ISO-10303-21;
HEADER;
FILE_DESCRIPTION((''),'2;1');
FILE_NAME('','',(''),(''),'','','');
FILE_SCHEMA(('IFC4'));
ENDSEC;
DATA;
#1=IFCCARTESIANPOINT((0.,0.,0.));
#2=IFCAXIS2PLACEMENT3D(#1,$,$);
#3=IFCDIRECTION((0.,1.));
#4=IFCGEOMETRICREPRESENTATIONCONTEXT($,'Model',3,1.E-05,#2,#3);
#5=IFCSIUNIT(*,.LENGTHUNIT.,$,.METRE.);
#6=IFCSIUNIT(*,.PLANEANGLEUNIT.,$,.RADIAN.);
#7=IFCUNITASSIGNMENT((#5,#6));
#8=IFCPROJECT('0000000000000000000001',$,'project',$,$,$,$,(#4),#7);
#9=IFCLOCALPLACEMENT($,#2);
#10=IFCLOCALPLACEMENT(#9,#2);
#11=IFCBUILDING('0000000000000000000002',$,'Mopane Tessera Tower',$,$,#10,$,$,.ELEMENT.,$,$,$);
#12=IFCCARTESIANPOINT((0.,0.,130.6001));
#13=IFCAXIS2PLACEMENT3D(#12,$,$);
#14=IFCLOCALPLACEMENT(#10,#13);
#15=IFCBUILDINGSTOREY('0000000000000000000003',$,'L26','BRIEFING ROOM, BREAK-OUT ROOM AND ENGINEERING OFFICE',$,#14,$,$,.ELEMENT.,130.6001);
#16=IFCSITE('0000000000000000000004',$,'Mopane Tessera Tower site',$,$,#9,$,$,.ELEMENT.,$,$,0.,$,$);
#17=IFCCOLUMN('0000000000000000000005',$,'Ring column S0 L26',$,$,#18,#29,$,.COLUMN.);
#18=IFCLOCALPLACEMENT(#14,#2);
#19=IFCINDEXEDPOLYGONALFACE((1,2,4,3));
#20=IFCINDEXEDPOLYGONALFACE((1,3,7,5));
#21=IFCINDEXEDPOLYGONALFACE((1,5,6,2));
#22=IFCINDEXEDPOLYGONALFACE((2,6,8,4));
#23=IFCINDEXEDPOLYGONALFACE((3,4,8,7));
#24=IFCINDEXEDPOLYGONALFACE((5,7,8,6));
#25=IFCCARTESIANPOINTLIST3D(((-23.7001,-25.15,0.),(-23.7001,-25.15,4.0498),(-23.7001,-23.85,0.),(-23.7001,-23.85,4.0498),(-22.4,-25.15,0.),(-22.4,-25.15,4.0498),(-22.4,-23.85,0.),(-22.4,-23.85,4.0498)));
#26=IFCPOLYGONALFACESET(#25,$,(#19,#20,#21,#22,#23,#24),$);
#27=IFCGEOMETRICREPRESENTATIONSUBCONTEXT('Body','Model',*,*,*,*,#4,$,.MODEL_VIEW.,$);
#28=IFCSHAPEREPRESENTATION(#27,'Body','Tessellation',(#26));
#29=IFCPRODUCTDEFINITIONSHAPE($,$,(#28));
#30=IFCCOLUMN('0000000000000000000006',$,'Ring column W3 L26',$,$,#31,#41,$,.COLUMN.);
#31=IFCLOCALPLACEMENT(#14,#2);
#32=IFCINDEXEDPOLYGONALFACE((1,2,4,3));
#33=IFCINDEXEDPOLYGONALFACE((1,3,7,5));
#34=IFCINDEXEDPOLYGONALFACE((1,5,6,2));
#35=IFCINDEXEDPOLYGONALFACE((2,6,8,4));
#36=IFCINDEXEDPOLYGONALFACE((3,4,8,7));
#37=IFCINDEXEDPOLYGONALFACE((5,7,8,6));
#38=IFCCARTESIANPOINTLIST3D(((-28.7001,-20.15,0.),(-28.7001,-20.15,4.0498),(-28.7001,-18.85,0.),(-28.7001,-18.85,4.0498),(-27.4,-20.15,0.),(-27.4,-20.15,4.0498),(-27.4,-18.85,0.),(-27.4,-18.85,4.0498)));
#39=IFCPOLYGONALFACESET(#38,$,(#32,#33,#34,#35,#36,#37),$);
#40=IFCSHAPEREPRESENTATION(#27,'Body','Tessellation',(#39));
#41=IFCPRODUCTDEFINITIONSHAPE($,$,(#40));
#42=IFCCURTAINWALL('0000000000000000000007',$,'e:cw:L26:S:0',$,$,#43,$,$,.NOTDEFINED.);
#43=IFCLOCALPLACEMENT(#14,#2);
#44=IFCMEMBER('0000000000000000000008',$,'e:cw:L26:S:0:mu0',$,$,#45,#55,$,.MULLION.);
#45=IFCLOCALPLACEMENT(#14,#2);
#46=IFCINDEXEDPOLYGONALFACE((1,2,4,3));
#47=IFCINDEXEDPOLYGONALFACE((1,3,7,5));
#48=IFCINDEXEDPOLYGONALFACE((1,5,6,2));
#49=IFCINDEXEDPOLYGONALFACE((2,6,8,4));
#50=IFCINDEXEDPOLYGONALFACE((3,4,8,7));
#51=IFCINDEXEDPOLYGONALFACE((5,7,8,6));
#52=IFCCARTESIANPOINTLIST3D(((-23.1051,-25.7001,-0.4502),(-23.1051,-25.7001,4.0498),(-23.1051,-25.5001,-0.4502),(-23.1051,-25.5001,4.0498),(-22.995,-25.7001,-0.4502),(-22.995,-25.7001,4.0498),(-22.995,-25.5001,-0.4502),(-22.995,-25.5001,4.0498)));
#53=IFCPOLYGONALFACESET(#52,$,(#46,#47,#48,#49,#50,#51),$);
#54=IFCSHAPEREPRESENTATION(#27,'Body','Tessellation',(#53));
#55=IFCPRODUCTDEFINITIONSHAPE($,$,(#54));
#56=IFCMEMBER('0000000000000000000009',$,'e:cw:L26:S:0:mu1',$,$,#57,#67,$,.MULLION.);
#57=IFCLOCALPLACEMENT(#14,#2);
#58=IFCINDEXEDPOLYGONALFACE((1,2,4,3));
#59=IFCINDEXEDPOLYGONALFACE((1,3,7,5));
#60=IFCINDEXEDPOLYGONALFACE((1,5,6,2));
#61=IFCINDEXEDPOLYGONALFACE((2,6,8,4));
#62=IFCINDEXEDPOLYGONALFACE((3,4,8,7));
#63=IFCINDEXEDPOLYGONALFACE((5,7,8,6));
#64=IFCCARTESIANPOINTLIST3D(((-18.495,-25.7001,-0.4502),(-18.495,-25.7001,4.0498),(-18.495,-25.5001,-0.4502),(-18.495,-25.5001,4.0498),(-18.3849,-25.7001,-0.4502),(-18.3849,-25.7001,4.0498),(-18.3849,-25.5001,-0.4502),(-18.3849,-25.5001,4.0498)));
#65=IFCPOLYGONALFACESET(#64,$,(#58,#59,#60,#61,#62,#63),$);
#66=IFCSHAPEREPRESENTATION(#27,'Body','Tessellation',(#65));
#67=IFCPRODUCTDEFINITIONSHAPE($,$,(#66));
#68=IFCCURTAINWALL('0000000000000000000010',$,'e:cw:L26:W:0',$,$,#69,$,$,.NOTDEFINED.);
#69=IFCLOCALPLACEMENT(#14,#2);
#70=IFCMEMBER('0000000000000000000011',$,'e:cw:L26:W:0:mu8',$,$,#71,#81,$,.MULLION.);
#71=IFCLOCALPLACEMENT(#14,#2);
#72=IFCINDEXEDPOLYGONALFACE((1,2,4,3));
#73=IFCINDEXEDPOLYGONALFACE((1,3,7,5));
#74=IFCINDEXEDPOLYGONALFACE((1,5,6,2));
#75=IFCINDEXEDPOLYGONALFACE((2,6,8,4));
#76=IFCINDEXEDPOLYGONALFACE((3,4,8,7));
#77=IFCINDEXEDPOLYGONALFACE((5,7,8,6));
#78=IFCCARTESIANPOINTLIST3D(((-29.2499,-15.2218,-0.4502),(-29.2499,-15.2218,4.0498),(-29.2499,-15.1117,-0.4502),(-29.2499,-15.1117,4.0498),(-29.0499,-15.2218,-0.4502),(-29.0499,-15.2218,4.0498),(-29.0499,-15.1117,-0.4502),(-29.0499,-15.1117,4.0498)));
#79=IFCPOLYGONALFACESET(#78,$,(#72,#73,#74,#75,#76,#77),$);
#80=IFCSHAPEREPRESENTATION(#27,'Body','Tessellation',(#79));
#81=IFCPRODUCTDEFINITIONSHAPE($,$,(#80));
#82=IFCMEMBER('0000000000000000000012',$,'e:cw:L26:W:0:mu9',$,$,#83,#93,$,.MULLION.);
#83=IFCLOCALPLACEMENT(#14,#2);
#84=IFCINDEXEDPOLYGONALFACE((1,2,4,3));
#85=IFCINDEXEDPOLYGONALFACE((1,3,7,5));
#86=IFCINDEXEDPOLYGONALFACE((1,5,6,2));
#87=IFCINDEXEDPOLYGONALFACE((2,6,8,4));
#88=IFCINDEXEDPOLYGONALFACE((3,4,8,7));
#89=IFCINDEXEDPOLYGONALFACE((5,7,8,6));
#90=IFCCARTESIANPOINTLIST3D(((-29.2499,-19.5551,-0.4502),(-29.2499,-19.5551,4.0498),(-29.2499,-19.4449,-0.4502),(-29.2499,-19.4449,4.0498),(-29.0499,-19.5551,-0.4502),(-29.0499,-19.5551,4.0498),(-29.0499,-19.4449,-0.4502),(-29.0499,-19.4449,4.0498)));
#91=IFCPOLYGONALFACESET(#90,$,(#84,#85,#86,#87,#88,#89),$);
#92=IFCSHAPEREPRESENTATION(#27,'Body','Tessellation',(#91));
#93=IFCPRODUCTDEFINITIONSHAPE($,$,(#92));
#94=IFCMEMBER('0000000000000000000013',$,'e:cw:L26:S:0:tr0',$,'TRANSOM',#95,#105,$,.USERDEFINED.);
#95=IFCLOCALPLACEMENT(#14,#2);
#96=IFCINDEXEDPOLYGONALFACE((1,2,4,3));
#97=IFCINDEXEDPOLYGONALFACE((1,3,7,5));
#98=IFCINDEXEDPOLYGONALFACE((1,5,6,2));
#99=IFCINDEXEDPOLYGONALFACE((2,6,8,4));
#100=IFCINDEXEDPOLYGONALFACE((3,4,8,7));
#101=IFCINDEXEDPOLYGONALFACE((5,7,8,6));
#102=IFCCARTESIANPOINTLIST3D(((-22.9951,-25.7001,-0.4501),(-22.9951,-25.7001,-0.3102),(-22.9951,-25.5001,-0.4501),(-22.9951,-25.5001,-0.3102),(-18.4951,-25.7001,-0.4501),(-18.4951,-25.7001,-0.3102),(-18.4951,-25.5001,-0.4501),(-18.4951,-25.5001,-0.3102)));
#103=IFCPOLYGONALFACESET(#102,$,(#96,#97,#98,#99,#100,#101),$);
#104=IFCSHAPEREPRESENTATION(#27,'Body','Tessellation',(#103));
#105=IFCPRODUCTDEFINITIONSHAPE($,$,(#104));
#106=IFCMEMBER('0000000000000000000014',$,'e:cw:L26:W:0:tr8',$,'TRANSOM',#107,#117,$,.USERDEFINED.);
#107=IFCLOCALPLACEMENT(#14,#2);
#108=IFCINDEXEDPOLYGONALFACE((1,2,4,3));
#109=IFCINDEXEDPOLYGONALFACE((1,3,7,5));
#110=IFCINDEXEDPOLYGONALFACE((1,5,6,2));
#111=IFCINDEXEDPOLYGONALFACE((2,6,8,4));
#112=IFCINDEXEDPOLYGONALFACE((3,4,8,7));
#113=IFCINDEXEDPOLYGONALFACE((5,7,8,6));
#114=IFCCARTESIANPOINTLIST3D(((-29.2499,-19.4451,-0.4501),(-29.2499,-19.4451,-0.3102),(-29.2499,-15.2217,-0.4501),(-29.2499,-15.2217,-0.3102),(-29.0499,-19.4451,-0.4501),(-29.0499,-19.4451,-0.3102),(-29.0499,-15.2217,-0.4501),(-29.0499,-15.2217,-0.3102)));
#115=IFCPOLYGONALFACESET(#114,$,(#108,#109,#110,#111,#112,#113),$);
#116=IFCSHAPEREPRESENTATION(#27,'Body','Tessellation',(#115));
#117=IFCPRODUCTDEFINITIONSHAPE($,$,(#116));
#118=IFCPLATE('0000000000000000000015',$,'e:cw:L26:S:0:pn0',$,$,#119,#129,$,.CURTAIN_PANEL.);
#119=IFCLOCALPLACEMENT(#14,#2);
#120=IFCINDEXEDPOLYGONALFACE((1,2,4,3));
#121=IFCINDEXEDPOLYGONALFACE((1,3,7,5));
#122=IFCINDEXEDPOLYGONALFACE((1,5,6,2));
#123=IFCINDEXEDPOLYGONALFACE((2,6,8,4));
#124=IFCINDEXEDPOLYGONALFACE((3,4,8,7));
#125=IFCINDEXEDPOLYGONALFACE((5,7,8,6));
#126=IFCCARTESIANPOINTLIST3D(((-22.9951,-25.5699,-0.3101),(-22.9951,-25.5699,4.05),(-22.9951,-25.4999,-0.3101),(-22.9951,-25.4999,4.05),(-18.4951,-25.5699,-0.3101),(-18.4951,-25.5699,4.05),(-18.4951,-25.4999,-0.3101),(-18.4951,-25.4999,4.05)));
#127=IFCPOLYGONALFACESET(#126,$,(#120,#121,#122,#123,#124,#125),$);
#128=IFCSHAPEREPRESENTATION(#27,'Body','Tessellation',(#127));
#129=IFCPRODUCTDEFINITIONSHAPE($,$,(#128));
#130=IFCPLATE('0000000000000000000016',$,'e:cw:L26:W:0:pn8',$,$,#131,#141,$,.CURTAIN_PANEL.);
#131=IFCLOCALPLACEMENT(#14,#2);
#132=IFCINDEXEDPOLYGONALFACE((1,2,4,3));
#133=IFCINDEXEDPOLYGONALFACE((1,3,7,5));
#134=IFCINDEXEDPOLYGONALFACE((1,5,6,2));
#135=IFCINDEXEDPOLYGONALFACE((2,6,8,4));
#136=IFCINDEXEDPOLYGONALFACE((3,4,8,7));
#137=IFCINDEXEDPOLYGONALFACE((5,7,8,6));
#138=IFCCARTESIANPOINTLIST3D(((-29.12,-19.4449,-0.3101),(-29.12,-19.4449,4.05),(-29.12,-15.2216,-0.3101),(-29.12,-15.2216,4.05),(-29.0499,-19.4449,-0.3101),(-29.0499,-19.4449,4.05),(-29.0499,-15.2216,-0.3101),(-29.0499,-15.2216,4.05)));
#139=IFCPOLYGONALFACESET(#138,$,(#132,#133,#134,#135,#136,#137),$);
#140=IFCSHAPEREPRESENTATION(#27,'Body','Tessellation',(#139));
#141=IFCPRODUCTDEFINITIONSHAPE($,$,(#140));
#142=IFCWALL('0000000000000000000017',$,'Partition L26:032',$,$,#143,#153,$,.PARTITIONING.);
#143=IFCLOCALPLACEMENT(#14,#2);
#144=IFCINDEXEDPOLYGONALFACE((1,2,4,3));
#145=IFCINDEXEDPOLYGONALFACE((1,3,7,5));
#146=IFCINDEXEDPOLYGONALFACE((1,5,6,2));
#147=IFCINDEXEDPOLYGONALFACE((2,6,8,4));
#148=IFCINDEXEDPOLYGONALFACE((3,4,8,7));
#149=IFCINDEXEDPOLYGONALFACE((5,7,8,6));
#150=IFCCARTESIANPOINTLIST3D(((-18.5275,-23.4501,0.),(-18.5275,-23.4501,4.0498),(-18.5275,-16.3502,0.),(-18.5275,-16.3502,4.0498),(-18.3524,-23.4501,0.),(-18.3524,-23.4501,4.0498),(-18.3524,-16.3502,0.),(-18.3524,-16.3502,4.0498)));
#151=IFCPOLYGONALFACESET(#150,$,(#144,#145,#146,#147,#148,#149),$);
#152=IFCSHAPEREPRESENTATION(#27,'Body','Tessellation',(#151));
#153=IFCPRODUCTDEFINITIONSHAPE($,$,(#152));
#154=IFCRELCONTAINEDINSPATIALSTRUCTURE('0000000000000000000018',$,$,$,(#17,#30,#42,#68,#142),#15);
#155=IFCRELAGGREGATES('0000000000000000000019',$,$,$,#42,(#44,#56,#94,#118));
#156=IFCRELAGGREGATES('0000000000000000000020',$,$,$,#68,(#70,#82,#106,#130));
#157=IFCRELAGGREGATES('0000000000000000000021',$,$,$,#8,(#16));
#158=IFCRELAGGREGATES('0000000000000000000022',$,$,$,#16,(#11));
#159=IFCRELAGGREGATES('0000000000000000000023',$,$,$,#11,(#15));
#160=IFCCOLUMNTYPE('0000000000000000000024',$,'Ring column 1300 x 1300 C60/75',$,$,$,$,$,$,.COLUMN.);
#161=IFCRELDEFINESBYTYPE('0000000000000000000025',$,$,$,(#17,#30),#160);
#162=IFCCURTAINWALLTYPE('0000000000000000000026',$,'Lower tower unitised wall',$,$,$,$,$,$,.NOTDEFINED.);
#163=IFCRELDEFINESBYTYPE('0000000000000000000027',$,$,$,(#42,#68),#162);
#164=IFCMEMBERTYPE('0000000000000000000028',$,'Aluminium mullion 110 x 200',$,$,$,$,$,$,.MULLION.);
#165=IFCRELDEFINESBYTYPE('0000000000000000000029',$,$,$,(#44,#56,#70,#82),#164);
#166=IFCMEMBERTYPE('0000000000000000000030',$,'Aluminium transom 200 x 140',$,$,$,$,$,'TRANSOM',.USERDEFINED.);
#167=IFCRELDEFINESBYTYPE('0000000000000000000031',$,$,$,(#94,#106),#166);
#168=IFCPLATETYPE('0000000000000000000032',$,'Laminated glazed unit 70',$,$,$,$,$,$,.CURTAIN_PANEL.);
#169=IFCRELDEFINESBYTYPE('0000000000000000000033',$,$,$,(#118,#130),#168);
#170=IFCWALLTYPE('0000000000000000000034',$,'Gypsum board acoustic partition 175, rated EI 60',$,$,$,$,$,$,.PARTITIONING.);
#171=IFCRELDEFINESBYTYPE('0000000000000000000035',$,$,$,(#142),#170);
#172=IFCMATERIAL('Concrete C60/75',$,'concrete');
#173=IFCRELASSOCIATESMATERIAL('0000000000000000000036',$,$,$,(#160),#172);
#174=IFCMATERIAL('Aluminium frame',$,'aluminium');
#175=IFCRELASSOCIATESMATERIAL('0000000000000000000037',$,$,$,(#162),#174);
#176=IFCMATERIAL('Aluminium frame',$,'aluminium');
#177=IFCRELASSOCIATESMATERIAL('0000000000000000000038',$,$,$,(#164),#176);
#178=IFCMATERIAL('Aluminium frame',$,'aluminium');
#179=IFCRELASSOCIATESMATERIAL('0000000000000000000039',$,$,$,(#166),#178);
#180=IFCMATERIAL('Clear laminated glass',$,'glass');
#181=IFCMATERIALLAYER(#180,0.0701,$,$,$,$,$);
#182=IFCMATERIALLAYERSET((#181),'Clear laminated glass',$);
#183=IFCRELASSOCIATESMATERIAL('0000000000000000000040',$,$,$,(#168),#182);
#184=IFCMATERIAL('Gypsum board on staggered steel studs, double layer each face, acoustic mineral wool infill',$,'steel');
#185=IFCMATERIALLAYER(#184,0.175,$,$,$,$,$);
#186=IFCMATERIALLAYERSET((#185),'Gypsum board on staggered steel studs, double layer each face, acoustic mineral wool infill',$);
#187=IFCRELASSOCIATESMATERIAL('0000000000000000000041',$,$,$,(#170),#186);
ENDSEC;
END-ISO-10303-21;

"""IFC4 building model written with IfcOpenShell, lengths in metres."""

from ifc_helpers import new_model, si_unit, direction, frame, frame_2d, origin, origin_2d, place, context, subcontext, project, spatial, rectangle, extrude, material, layer, layer_set, material_profile, profile_set, type_object, element, aggregate, save


model = new_model("IFC4")

# Units and contexts
model_context = context("Model", 3, precision=1e-05, world=origin(), true_north=direction((0.0, 1.0)))
body_context = subcontext(model_context, "Body", "Model", "MODEL_VIEW")
ifc_project = project(units=[si_unit("LENGTHUNIT", "METRE"), si_unit("PLANEANGLEUNIT", "RADIAN")], contexts=[model_context])

# Site, building, storey
site_placement = place(None, origin())
site = spatial("IfcSite", under=ifc_project, at=site_placement, Name="Mopane Tessera Tower site", CompositionType="ELEMENT", RefElevation=0.0)
building_placement = place(site_placement, origin())
building = spatial("IfcBuilding", under=site, at=building_placement, Name="Mopane Tessera Tower", CompositionType="ELEMENT")
storey_placement = place(building_placement, frame((0.0, 0.0, 130.6001)))
storey = spatial("IfcBuildingStorey", under=building, at=storey_placement, Name="L26", Description="BRIEFING ROOM, BREAK-OUT ROOM AND ENGINEERING OFFICE", CompositionType="ELEMENT", Elevation=130.6001)

# Columns
ifc_material_1 = material(Name="Concrete C60/75", Category="concrete")
ifc_material_profile_1 = material_profile(ifc_material_1, rectangle(XDim=1.3, YDim=1.3, at=origin_2d()))
ifc_profile_set_1 = profile_set([ifc_material_profile_1], Name="Concrete C60/75")
column_type = type_object("IfcColumnType", Name="Ring column 1300 x 1300 C60/75", PredefinedType="COLUMN", material=ifc_profile_set_1)
for number, where, z_axis, x_axis, name in (
    (1, (-23.05, -24.5, 0.0), (0.0, 0.0, 1.0), (1.0, 0.0, 0.0), "Ring column S0 L26"),
    (2, (-28.05, -19.5, 0.0), (0.0, 0.0, 1.0), (1.0, 0.0, 0.0), "Ring column W3 L26"),
):
    element("IfcColumn", number, at=place(storey_placement, frame(where, z_axis=z_axis, x_axis=x_axis)), inside=storey, type_object=column_type, Name=name, PredefinedType="COLUMN", context=body_context, shape_type="SweptSolid", body=[
        extrude(rectangle(XDim=1.3, YDim=1.3, at=origin_2d()), origin(), (0.0, 0.0, 1.0), 4.0498),
    ])

# Curtain walls, members
ifc_material_2 = material(Name="Aluminium frame", Category="aluminium")
curtain_wall_type = type_object("IfcCurtainWallType", Name="Lower tower unitised wall", PredefinedType="NOTDEFINED", material=ifc_material_2)
curtain_wall_1_placement = place(storey_placement, origin())
curtain_wall_1 = element("IfcCurtainWall", 3, at=curtain_wall_1_placement, inside=storey, type_object=curtain_wall_type, Name="e:cw:L26:S:0", PredefinedType="NOTDEFINED")
ifc_material_3 = material(Name="Aluminium frame", Category="aluminium")
ifc_material_profile_2 = material_profile(ifc_material_3, rectangle(XDim=0.1101, YDim=0.2, at=origin_2d()))
ifc_profile_set_2 = profile_set([ifc_material_profile_2], Name="Aluminium frame")
member_type_1 = type_object("IfcMemberType", Name="Aluminium mullion 110 x 200", PredefinedType="MULLION", material=ifc_profile_set_2)
member_1_placement = place(storey_placement, frame((-23.05, -25.6001, -0.4502), z_axis=(0.0, 0.0, 1.0), x_axis=(1.0, 0.0, 0.0)))
member_1 = element("IfcMember", 4, at=member_1_placement, type_object=member_type_1, Name="e:cw:L26:S:0:mu0", PredefinedType="MULLION", context=body_context, shape_type="SweptSolid", body=[
    extrude(rectangle(XDim=0.1101, YDim=0.2, at=origin_2d()), origin(), (0.0, 0.0, 1.0), 4.5),
])
member_2_placement = place(storey_placement, frame((-18.4399, -25.6001, -0.4502), z_axis=(0.0, 0.0, 1.0), x_axis=(1.0, 0.0, 0.0)))
member_2 = element("IfcMember", 5, at=member_2_placement, type_object=member_type_1, Name="e:cw:L26:S:0:mu1", PredefinedType="MULLION", context=body_context, shape_type="SweptSolid", body=[
    extrude(rectangle(XDim=0.1101, YDim=0.2, at=origin_2d()), origin(), (0.0, 0.0, 1.0), 4.5),
])
curtain_wall_2_placement = place(storey_placement, origin())
curtain_wall_2 = element("IfcCurtainWall", 6, at=curtain_wall_2_placement, inside=storey, type_object=curtain_wall_type, Name="e:cw:L26:W:0", PredefinedType="NOTDEFINED")
member_3_placement = place(storey_placement, frame((-29.1499, -15.1667, -0.4502), z_axis=(0.0, 0.0, 1.0), x_axis=(0.0, -1.0, 0.0)))
member_3 = element("IfcMember", 7, at=member_3_placement, type_object=member_type_1, Name="e:cw:L26:W:0:mu8", PredefinedType="MULLION", context=body_context, shape_type="SweptSolid", body=[
    extrude(rectangle(XDim=0.1101, YDim=0.2, at=origin_2d()), origin(), (0.0, 0.0, 1.0), 4.5),
])
member_4_placement = place(storey_placement, frame((-29.1499, -19.5, -0.4502), z_axis=(0.0, 0.0, 1.0), x_axis=(0.0, -1.0, 0.0)))
member_4 = element("IfcMember", 8, at=member_4_placement, type_object=member_type_1, Name="e:cw:L26:W:0:mu9", PredefinedType="MULLION", context=body_context, shape_type="SweptSolid", body=[
    extrude(rectangle(XDim=0.1101, YDim=0.2, at=origin_2d()), origin(), (0.0, 0.0, 1.0), 4.5),
])

# Members
ifc_material_4 = material(Name="Aluminium frame", Category="aluminium")
ifc_material_profile_3 = material_profile(ifc_material_4, rectangle(XDim=0.2, YDim=0.1399, at=origin_2d()))
ifc_profile_set_3 = profile_set([ifc_material_profile_3], Name="Aluminium frame")
member_type_2 = type_object("IfcMemberType", Name="Aluminium transom 200 x 140", ElementType="TRANSOM", PredefinedType="USERDEFINED", material=ifc_profile_set_3)
member_5_placement = place(storey_placement, frame((-22.9951, -25.6001, -0.3801), z_axis=(1.0, 0.0, 0.0), x_axis=(0.0, 1.0, 0.0)))
member_5 = element("IfcMember", 9, at=member_5_placement, type_object=member_type_2, Name="e:cw:L26:S:0:tr0", ObjectType="TRANSOM", PredefinedType="USERDEFINED", context=body_context, shape_type="SweptSolid", body=[
    extrude(rectangle(XDim=0.2, YDim=0.1399, at=origin_2d()), origin(), (0.0, 0.0, 1.0), 4.5),
])
member_6_placement = place(storey_placement, frame((-29.1499, -15.2217, -0.3801), z_axis=(0.0, -1.0, 0.0), x_axis=(1.0, 0.0, 0.0)))
member_6 = element("IfcMember", 10, at=member_6_placement, type_object=member_type_2, Name="e:cw:L26:W:0:tr8", ObjectType="TRANSOM", PredefinedType="USERDEFINED", context=body_context, shape_type="SweptSolid", body=[
    extrude(rectangle(XDim=0.2, YDim=0.1399, at=origin_2d()), origin(), (0.0, 0.0, 1.0), 4.2234),
])

# Plates
ifc_material_5 = material(Name="Clear laminated glass", Category="glass")
ifc_layer_1 = layer(ifc_material_5, 0.0701)
ifc_layer_set_1 = layer_set([ifc_layer_1], Name="Clear laminated glass")
plate_type = type_object("IfcPlateType", Name="Laminated glazed unit 70", PredefinedType="CURTAIN_PANEL", material=ifc_layer_set_1)
plate_1_placement = place(storey_placement, frame((-20.7451, -25.5349, -0.3101), z_axis=(0.0, 0.0, 1.0), x_axis=(1.0, 0.0, 0.0)))
plate_1 = element("IfcPlate", 11, at=plate_1_placement, type_object=plate_type, Name="e:cw:L26:S:0:pn0", PredefinedType="CURTAIN_PANEL", context=body_context, shape_type="SweptSolid", body=[
    extrude(rectangle(XDim=4.5, YDim=0.0701, at=origin_2d()), origin(), (0.0, 0.0, 1.0), 4.3601),
])
aggregate(curtain_wall_1, [member_1, member_2, member_5, plate_1])
plate_2_placement = place(storey_placement, frame((-29.085, -17.3333, -0.3101), z_axis=(0.0, 0.0, 1.0), x_axis=(0.0, -1.0, 0.0)))
plate_2 = element("IfcPlate", 12, at=plate_2_placement, type_object=plate_type, Name="e:cw:L26:W:0:pn8", PredefinedType="CURTAIN_PANEL", context=body_context, shape_type="SweptSolid", body=[
    extrude(rectangle(XDim=4.2234, YDim=0.0701, at=origin_2d()), origin(), (0.0, 0.0, 1.0), 4.3601),
])
aggregate(curtain_wall_2, [member_3, member_4, member_6, plate_2])

# Wall
ifc_material_6 = material(Name="Gypsum board on staggered steel studs, double layer each face, acoustic mineral wool infill", Category="steel")
ifc_layer_2 = layer(ifc_material_6, 0.175)
ifc_layer_set_2 = layer_set([ifc_layer_2], Name="Gypsum board on staggered steel studs, double layer each face, acoustic mineral wool infill")
wall_type_1 = type_object("IfcWallType", Name="Gypsum board acoustic partition 175, rated EI 60", PredefinedType="PARTITIONING", material=ifc_layer_set_2)
wall_1_placement = place(storey_placement, frame((-18.4399, -23.45, 0.0), z_axis=(0.0, 0.0, 1.0), x_axis=(0.0, 1.0, 0.0)))
element("IfcWall", 13, at=wall_1_placement, inside=storey, type_object=wall_type_1, Name="Partition L26:032", PredefinedType="PARTITIONING", context=body_context, shape_type="SweptSolid", body=[
    extrude(rectangle(XDim=7.0999, YDim=0.175, at=frame_2d((3.5498, 0.0))), origin(), (0.0, 0.0, 1.0), 4.0498),
])

save(model, "model.ifc")
